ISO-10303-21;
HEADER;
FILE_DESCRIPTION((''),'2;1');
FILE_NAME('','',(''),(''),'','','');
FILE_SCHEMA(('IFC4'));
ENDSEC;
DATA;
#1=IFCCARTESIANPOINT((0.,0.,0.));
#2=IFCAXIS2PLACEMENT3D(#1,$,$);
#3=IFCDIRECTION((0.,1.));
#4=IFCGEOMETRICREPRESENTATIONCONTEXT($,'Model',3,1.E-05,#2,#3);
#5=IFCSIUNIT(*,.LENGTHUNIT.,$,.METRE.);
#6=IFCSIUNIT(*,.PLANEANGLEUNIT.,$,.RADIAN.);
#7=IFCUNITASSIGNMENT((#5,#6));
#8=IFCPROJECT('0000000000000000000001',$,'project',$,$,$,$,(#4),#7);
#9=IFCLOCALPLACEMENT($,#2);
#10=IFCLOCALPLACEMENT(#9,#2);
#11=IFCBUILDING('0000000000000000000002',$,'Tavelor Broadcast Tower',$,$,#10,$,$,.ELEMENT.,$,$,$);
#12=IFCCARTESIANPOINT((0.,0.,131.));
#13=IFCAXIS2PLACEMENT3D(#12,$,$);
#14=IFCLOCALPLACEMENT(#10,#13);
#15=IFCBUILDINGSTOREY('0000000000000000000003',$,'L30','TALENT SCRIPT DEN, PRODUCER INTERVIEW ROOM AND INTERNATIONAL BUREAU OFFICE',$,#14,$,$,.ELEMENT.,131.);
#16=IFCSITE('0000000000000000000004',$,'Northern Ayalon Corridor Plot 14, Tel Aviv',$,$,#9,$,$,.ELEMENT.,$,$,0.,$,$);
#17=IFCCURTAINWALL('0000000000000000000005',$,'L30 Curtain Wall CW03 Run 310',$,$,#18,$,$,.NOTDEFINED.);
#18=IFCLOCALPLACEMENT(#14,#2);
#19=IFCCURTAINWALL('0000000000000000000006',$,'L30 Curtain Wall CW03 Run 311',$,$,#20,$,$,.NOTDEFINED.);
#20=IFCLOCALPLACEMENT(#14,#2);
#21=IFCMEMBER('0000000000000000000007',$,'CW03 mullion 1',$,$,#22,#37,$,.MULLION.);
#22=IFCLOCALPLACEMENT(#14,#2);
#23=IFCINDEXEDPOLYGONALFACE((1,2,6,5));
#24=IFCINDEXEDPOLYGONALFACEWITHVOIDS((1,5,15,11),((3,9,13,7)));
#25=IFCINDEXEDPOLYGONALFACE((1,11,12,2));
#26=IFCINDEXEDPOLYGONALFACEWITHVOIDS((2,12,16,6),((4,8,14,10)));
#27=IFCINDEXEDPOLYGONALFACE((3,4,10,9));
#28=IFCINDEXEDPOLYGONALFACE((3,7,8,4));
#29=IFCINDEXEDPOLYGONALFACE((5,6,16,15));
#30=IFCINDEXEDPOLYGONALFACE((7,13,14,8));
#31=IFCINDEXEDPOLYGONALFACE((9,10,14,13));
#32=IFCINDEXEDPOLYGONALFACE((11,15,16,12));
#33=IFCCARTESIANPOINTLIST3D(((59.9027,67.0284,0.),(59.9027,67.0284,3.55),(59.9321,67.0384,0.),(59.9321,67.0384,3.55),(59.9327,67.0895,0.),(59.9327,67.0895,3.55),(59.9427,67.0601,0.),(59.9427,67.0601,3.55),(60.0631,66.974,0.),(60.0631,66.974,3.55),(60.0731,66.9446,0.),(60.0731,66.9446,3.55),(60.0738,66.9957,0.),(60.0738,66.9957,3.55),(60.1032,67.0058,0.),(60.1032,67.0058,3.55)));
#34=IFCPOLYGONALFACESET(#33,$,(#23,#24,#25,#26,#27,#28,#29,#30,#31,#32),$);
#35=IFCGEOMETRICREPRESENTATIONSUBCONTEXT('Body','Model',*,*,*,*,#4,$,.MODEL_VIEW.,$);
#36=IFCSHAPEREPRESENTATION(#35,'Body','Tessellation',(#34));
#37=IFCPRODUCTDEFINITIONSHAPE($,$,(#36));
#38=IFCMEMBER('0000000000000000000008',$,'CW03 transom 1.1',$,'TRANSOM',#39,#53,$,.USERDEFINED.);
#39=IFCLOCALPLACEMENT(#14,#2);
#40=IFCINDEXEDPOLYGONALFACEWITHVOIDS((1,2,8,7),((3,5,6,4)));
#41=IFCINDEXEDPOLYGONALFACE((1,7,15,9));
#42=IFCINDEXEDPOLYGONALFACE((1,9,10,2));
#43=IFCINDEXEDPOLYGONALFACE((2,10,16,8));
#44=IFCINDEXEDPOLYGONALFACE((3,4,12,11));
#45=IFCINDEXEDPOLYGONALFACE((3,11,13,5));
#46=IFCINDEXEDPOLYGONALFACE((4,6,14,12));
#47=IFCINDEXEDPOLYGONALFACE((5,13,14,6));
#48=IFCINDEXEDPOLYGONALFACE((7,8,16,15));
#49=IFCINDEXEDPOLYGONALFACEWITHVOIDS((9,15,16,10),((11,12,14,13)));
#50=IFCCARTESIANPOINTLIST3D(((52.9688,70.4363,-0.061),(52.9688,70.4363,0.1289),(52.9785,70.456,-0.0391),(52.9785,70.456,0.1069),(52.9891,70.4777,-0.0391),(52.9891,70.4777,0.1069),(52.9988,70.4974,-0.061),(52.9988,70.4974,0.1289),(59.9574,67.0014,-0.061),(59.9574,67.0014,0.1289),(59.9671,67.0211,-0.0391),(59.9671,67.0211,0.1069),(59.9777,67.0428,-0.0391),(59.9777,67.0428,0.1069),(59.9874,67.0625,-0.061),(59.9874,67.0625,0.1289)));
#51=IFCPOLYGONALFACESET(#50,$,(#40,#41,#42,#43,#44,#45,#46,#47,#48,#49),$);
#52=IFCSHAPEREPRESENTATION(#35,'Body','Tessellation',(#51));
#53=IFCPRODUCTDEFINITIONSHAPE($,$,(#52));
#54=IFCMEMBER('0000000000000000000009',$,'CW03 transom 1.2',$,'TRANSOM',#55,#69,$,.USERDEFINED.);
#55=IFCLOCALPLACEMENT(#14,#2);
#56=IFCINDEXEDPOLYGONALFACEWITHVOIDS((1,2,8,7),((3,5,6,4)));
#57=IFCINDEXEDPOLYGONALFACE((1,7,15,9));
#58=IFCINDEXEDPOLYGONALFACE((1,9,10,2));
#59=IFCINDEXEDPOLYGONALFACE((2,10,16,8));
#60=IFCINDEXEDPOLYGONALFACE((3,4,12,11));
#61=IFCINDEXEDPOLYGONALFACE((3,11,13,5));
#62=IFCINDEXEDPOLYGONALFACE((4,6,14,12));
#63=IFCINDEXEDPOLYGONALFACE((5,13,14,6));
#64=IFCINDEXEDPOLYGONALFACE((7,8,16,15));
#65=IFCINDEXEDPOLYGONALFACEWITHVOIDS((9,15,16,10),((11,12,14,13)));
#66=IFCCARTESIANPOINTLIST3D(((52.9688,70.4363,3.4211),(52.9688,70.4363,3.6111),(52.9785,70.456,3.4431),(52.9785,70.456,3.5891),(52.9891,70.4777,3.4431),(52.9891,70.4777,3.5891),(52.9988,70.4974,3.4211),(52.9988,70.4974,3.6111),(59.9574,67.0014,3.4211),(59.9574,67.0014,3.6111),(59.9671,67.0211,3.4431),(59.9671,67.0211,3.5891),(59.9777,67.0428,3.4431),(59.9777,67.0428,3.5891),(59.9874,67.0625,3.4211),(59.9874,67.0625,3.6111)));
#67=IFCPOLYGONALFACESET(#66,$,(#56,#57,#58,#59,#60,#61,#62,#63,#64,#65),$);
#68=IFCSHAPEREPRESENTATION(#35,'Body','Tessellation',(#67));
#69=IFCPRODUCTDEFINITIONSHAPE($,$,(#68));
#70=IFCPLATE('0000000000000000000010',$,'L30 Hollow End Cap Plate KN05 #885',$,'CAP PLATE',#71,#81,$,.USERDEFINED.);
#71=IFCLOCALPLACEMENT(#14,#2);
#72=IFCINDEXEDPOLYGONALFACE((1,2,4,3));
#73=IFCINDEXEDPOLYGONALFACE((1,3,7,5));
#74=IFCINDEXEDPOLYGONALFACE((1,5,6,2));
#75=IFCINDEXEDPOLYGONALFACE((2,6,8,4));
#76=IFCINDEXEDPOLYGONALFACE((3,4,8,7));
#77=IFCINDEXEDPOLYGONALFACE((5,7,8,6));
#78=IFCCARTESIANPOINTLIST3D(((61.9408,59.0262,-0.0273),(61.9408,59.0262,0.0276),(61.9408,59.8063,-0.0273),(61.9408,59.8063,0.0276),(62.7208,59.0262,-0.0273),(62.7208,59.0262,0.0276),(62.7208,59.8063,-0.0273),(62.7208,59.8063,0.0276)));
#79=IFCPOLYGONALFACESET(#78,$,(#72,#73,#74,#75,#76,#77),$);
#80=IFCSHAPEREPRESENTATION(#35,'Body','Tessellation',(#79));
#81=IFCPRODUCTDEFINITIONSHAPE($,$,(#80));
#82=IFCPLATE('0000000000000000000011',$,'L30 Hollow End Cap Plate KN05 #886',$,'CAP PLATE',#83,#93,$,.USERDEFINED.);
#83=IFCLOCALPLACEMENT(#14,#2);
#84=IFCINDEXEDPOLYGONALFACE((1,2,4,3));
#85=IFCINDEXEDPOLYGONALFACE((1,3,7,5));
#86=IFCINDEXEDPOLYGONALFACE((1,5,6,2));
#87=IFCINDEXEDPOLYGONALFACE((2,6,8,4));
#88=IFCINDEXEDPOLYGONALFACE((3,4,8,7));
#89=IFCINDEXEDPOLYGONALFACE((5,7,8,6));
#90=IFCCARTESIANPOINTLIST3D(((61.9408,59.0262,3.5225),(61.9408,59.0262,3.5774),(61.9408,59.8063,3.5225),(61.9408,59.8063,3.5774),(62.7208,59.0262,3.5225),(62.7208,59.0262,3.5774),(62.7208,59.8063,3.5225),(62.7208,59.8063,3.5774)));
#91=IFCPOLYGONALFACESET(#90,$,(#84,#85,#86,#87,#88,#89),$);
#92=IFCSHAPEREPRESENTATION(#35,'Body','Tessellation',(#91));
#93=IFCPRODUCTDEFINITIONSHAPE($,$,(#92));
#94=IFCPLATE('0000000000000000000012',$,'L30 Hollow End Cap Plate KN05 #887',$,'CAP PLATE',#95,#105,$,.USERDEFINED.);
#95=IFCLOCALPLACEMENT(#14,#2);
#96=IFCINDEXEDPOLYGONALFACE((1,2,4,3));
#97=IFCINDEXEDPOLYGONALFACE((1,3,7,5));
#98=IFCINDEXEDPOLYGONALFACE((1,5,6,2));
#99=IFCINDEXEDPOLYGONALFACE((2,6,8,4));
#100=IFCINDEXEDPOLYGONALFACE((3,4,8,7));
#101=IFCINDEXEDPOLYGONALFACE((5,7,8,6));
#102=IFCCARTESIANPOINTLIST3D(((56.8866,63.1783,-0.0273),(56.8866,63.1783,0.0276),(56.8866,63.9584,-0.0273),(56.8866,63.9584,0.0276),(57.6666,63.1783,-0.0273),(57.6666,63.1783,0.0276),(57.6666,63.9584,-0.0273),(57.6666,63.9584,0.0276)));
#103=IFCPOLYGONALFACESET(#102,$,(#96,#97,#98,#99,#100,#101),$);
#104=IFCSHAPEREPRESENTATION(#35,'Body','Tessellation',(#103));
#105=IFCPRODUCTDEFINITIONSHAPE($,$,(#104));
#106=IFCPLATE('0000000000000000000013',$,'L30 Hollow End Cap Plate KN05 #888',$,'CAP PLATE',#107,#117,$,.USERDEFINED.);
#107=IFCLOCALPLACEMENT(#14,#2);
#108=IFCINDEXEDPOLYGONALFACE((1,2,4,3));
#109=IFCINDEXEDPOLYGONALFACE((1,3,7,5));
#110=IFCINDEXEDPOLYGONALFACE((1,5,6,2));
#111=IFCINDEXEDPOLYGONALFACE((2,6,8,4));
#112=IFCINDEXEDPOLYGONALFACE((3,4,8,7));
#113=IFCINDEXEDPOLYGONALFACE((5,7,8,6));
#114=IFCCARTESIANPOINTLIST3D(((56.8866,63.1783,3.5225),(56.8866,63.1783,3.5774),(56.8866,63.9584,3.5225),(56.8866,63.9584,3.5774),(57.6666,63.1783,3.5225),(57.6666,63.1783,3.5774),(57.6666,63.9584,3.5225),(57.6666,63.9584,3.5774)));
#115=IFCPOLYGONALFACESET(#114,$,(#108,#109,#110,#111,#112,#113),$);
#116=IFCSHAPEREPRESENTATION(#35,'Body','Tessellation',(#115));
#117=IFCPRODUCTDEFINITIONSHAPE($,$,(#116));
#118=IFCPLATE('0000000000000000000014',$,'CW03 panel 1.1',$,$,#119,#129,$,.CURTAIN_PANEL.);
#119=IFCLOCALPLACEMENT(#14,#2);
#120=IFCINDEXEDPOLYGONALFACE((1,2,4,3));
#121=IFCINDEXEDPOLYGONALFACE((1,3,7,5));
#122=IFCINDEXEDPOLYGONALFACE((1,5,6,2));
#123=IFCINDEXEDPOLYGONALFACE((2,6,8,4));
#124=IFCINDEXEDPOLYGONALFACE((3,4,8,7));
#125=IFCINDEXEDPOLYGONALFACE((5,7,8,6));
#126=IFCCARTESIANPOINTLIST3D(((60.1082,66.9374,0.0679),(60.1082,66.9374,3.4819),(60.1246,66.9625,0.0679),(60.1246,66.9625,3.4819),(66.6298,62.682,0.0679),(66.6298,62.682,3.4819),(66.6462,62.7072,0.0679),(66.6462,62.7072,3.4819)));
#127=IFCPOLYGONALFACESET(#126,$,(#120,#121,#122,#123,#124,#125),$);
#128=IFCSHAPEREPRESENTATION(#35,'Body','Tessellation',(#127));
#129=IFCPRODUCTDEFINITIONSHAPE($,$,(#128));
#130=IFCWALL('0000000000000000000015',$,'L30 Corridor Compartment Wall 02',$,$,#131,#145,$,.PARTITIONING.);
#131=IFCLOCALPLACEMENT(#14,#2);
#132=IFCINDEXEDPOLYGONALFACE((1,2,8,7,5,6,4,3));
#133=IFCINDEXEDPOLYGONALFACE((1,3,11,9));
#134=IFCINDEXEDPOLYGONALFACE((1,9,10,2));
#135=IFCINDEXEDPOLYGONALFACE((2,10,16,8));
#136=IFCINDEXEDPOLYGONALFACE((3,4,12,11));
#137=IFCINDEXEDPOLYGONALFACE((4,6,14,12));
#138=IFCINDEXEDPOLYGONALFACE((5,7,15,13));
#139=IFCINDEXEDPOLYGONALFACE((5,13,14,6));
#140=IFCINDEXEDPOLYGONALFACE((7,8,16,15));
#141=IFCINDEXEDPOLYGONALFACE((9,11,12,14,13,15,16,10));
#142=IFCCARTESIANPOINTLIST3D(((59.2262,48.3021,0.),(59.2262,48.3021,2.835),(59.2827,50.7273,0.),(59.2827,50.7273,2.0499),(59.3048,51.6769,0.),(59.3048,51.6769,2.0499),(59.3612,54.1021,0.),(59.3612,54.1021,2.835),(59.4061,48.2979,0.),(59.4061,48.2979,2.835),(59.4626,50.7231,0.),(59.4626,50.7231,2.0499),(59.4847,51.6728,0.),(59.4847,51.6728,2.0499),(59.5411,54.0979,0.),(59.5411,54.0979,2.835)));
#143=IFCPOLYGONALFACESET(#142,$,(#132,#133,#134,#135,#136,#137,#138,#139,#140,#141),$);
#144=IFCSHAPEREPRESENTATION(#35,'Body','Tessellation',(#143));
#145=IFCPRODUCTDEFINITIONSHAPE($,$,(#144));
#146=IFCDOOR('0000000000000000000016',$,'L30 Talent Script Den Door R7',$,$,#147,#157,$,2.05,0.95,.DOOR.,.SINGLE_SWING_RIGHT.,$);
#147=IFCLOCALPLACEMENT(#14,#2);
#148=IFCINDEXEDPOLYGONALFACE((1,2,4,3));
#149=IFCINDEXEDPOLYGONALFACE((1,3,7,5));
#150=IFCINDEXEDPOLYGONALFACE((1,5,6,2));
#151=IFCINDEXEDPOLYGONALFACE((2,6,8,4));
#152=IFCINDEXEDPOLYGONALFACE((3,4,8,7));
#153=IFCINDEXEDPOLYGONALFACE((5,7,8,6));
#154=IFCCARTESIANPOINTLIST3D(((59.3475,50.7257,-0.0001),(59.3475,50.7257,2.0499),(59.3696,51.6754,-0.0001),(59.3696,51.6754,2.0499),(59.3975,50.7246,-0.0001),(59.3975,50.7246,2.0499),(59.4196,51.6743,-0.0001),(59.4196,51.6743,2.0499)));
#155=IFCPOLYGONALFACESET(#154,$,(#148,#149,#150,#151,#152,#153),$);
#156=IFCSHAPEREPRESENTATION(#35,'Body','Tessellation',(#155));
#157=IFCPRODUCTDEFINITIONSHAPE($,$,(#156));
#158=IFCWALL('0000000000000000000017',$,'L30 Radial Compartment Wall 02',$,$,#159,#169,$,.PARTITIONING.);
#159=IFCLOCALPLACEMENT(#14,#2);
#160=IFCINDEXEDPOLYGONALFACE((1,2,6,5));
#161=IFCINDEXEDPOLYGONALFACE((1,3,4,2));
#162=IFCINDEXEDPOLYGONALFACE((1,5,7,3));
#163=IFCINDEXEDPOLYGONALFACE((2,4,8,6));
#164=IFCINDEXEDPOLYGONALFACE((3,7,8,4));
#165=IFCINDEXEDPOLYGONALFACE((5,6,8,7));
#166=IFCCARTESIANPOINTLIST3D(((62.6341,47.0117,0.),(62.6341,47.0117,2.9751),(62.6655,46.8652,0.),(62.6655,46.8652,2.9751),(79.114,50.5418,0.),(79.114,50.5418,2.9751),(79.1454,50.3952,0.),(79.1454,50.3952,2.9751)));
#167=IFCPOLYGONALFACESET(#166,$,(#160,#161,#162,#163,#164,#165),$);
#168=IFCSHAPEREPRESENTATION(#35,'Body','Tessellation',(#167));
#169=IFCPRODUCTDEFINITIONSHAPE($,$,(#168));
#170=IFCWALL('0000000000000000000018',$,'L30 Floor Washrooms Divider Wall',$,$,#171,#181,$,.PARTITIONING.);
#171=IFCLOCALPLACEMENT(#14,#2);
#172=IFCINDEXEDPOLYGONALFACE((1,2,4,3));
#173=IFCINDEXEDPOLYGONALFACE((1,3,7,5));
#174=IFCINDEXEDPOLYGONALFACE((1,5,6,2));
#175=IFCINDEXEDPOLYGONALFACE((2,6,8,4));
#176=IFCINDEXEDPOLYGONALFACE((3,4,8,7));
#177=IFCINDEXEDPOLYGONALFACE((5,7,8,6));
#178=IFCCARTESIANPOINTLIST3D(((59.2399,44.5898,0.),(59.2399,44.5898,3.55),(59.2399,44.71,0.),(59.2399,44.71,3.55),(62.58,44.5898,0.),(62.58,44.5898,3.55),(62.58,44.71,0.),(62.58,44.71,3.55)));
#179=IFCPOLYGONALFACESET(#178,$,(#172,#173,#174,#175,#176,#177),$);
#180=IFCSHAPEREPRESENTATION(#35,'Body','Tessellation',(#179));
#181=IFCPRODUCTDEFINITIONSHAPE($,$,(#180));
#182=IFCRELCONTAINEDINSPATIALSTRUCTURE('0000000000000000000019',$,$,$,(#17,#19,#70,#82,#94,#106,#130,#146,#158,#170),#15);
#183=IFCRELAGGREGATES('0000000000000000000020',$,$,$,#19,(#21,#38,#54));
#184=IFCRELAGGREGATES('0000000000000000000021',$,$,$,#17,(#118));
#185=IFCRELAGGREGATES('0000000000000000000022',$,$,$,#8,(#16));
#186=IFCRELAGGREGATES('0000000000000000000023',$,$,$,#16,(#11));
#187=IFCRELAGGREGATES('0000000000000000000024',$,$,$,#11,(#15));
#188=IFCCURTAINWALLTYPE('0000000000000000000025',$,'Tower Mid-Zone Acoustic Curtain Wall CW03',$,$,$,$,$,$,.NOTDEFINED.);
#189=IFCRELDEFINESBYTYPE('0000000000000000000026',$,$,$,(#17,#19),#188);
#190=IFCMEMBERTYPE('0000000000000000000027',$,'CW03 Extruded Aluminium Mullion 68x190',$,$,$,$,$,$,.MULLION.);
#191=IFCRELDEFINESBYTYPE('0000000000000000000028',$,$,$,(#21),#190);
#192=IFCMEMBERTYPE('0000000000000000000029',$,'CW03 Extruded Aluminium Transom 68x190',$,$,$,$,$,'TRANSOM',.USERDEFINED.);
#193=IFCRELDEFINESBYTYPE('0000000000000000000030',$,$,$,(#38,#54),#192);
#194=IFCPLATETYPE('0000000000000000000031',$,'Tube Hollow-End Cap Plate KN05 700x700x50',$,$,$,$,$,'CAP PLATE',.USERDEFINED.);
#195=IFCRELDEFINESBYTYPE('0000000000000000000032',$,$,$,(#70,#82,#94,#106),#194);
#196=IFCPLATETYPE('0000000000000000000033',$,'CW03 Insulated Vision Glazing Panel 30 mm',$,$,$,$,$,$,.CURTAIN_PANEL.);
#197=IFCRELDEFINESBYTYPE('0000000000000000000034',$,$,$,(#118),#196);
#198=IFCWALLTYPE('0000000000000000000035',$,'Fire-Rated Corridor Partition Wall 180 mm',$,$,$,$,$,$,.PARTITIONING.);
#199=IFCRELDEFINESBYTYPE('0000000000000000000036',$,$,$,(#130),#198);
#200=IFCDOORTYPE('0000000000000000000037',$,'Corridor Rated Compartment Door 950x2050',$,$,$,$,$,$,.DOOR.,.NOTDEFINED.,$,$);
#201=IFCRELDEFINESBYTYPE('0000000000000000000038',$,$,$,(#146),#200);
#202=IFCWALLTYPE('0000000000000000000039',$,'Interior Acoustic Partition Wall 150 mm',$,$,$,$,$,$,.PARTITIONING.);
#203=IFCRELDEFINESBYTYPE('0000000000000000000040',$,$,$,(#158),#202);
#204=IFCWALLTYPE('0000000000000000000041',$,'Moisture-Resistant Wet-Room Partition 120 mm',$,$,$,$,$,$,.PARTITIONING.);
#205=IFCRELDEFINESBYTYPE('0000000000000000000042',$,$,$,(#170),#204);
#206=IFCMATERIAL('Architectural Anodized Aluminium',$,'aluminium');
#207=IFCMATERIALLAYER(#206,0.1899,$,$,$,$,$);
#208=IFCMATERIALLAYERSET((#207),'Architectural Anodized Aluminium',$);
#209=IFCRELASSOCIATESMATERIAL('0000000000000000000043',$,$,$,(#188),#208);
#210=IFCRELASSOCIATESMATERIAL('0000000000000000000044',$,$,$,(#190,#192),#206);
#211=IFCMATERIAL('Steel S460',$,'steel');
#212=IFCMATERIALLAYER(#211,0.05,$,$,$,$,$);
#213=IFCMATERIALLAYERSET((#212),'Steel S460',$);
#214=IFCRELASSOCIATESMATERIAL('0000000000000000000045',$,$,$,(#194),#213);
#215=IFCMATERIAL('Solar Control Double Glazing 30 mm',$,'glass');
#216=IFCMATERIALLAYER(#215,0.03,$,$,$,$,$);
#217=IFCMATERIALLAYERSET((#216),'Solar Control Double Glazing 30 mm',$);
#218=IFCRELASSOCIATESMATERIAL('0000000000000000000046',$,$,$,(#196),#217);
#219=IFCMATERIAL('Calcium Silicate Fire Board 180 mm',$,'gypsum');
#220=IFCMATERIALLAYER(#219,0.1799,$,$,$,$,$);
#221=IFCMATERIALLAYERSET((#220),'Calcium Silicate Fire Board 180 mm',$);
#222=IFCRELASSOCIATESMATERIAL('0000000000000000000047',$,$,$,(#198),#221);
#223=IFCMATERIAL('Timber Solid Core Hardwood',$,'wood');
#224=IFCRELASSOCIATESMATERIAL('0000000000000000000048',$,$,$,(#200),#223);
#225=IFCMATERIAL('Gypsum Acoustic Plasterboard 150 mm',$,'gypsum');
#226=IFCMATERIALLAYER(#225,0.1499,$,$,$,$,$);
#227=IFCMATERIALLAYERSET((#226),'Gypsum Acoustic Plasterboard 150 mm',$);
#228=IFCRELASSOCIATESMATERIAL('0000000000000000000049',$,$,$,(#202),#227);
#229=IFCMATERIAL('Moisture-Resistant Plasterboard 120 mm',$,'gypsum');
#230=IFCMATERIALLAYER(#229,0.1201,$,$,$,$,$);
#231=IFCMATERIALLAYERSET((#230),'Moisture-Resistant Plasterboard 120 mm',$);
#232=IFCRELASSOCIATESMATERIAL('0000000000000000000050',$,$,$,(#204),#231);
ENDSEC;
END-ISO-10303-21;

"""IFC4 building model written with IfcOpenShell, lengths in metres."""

from ifc_helpers import new_model, si_unit, direction, frame, frame_2d, origin, origin_2d, place, context, subcontext, project, spatial, rectangle, hollow_rectangle, extrude, source, transform, mapped, material, layer, layer_set, material_profile, profile_set, type_object, type_shapes, element, fill, aggregate, save


model = new_model("IFC4")

# Units and contexts
model_context = context("Model", 3, precision=1e-05, world=origin(), true_north=direction((0.0, 1.0)))
body_context = subcontext(model_context, "Body", "Model", "MODEL_VIEW")
ifc_project = project(units=[si_unit("LENGTHUNIT", "METRE"), si_unit("PLANEANGLEUNIT", "RADIAN")], contexts=[model_context])

# Site, building, storey
site_placement = place(None, origin())
site = spatial("IfcSite", under=ifc_project, at=site_placement, Name="Northern Ayalon Corridor Plot 14, Tel Aviv", CompositionType="ELEMENT", RefElevation=0.0)
building_placement = place(site_placement, origin())
building = spatial("IfcBuilding", under=site, at=building_placement, Name="Tavelor Broadcast Tower", CompositionType="ELEMENT")
storey_placement = place(building_placement, frame((0.0, 0.0, 131.0)))
storey = spatial("IfcBuildingStorey", under=building, at=storey_placement, Name="L30", Description="TALENT SCRIPT DEN, PRODUCER INTERVIEW ROOM AND INTERNATIONAL BUREAU OFFICE", CompositionType="ELEMENT", Elevation=131.0)

# Shared definitions
ifc_material_1 = material(Name="Steel S460", Category="steel")

# Curtain wall
ifc_material_2 = material(Name="Architectural Anodized Aluminium", Category="aluminium")
ifc_layer_1 = layer(ifc_material_2, 0.1899)
ifc_layer_set_1 = layer_set([ifc_layer_1], Name="Architectural Anodized Aluminium")
curtain_wall_type = type_object("IfcCurtainWallType", Name="Tower Mid-Zone Acoustic Curtain Wall CW03", PredefinedType="NOTDEFINED", material=ifc_layer_set_1)
curtain_wall_1_placement = place(storey_placement, origin())
curtain_wall_1 = element("IfcCurtainWall", 1, at=curtain_wall_1_placement, inside=storey, type_object=curtain_wall_type, Name="L30 Curtain Wall CW03 Run 310", PredefinedType="NOTDEFINED")
ifc_material_profile_1 = material_profile(ifc_material_2, hollow_rectangle(XDim=0.0681, YDim=0.1899, WallThickness=0.022, at=origin_2d()), Name="RHS 68x190x22")
ifc_profile_set_1 = profile_set([ifc_material_profile_1], Name="Architectural Anodized Aluminium")
member_type_1 = type_object("IfcMemberType", Name="CW03 Extruded Aluminium Mullion 68x190", PredefinedType="MULLION", material=ifc_profile_set_1)
shared_shape_1 = source(origin(), body_context, "Body", "SweptSolid", [
    extrude(hollow_rectangle(XDim=0.0681, YDim=0.1899, WallThickness=0.022, at=origin_2d()), origin(), (0.0, 0.0, 1.0), 3.55),
])
type_shapes(member_type_1, [shared_shape_1])

# Curtain wall, members
curtain_wall_2_placement = place(storey_placement, origin())
curtain_wall_2 = element("IfcCurtainWall", 2, at=curtain_wall_2_placement, inside=storey, type_object=curtain_wall_type, Name="L30 Curtain Wall CW03 Run 311", PredefinedType="NOTDEFINED")
member_1_placement = place(storey_placement, frame((60.0029, 67.0171, 0.0), z_axis=(0.0, 0.0, 1.0), x_axis=(-0.4411, -0.897458, 0.0)))
member_1 = element("IfcMember", 3, at=member_1_placement, type_object=member_type_1, Name="CW03 mullion 1", PredefinedType="MULLION", context=body_context, shape_type="MappedRepresentation", body=[
    mapped(shared_shape_1, transform((0.0, 0.0, 0.0), scale=1.0)),
])
ifc_material_profile_2 = material_profile(ifc_material_2, hollow_rectangle(XDim=0.0681, YDim=0.1899, WallThickness=0.022, at=origin_2d()), Name="RHS 68x190x22")
ifc_profile_set_2 = profile_set([ifc_material_profile_2], Name="Architectural Anodized Aluminium")
member_type_2 = type_object("IfcMemberType", Name="CW03 Extruded Aluminium Transom 68x190", ElementType="TRANSOM", PredefinedType="USERDEFINED", material=ifc_profile_set_2)
shared_shape_2 = source(origin(), body_context, "Body", "SweptSolid", [
    extrude(hollow_rectangle(XDim=0.0681, YDim=0.1899, WallThickness=0.022, at=origin_2d()), origin(), (0.0, 0.0, 1.0), 7.7871),
])
type_shapes(member_type_2, [shared_shape_2])
member_2_placement = place(storey_placement, frame((59.9724, 67.032, 0.0339), z_axis=(-0.89746, 0.441096, 0.0), x_axis=(-0.441096, -0.89746, 0.0)))
member_2 = element("IfcMember", 4, at=member_2_placement, type_object=member_type_2, Name="CW03 transom 1.1", ObjectType="TRANSOM", PredefinedType="USERDEFINED", context=body_context, shape_type="MappedRepresentation", body=[
    mapped(shared_shape_2, transform((0.0, 0.0, 0.0), scale=1.0)),
])
member_3_placement = place(storey_placement, frame((59.9724, 67.032, 3.5161), z_axis=(-0.89746, 0.441096, 0.0), x_axis=(-0.441096, -0.89746, 0.0)))
member_3 = element("IfcMember", 5, at=member_3_placement, type_object=member_type_2, Name="CW03 transom 1.2", ObjectType="TRANSOM", PredefinedType="USERDEFINED", context=body_context, shape_type="MappedRepresentation", body=[
    mapped(shared_shape_2, transform((0.0, 0.0, 0.0), scale=1.0)),
])
aggregate(curtain_wall_2, [member_1, member_2, member_3])

# Plates
ifc_layer_2 = layer(ifc_material_1, 0.05)
ifc_layer_set_2 = layer_set([ifc_layer_2], Name="Steel S460")
plate_type_1 = type_object("IfcPlateType", Name="Tube Hollow-End Cap Plate KN05 700x700x50", ElementType="CAP PLATE", PredefinedType="USERDEFINED", material=ifc_layer_set_2)
shared_shape_3 = source(origin(), body_context, "Body", "SweptSolid", [
    extrude(rectangle(XDim=0.78, YDim=0.78, at=origin_2d()), origin(), (0.0, 0.0, 1.0), 0.0549),
])
type_shapes(plate_type_1, [shared_shape_3])
for number, where, z_axis, x_axis, name in (
    (6, (62.3308, 59.4163, -0.0273), (0.0, 0.0, 1.0), (1.0, 0.0, 0.0), "L30 Hollow End Cap Plate KN05 #885"),
    (7, (62.3308, 59.4163, 3.5225), (0.0, 0.0, 1.0), (1.0, 0.0, 0.0), "L30 Hollow End Cap Plate KN05 #886"),
    (8, (57.2766, 63.5684, -0.0273), (0.0, 0.0, 1.0), (1.0, 0.0, 0.0), "L30 Hollow End Cap Plate KN05 #887"),
    (9, (57.2766, 63.5684, 3.5225), (0.0, 0.0, 1.0), (1.0, 0.0, 0.0), "L30 Hollow End Cap Plate KN05 #888"),
):
    element("IfcPlate", number, at=place(storey_placement, frame(where, z_axis=z_axis, x_axis=x_axis)), inside=storey, type_object=plate_type_1, Name=name, ObjectType="CAP PLATE", PredefinedType="USERDEFINED", context=body_context, shape_type="MappedRepresentation", body=[
        mapped(shared_shape_3, transform((0.0, 0.0, 0.0), scale=1.0)),
    ])

# Plate
ifc_material_3 = material(Name="Solar Control Double Glazing 30 mm", Category="glass")
ifc_layer_3 = layer(ifc_material_3, 0.03)
ifc_layer_set_3 = layer_set([ifc_layer_3], Name="Solar Control Double Glazing 30 mm")
plate_type_2 = type_object("IfcPlateType", Name="CW03 Insulated Vision Glazing Panel 30 mm", PredefinedType="CURTAIN_PANEL", material=ifc_layer_set_3)
shared_shape_4 = source(origin(), body_context, "Body", "SweptSolid", [
    extrude(rectangle(XDim=7.7871, YDim=0.03, at=origin_2d()), origin(), (0.0, 0.0, 1.0), 3.4141),
])
type_shapes(plate_type_2, [shared_shape_4])
plate_placement = place(storey_placement, frame((63.3772, 64.8223, 0.0679), z_axis=(0.0, 0.0, 1.0), x_axis=(-0.837484, 0.546463, 0.0)))
plate = element("IfcPlate", 10, at=plate_placement, type_object=plate_type_2, Name="CW03 panel 1.1", PredefinedType="CURTAIN_PANEL", context=body_context, shape_type="MappedRepresentation", body=[
    mapped(shared_shape_4, transform((0.0, 0.0, 0.0), scale=1.0)),
])
aggregate(curtain_wall_1, [plate])

# Wall, opening, door
ifc_material_4 = material(Name="Calcium Silicate Fire Board 180 mm", Category="gypsum")
ifc_layer_4 = layer(ifc_material_4, 0.1799)
ifc_layer_set_4 = layer_set([ifc_layer_4], Name="Calcium Silicate Fire Board 180 mm")
wall_type_1 = type_object("IfcWallType", Name="Fire-Rated Corridor Partition Wall 180 mm", PredefinedType="PARTITIONING", material=ifc_layer_set_4)
wall_1_placement = place(storey_placement, frame((59.4512, 54.1001, 0.0), z_axis=(0.0, 0.0, 1.0), x_axis=(-0.023271, -0.999729, 0.0)))
wall_1 = element("IfcWall", 11, at=wall_1_placement, inside=storey, type_object=wall_type_1, Name="L30 Corridor Compartment Wall 02", PredefinedType="PARTITIONING", context=body_context, shape_type="SweptSolid", body=[
    extrude(rectangle(XDim=5.8015, YDim=0.1799, at=frame_2d((2.9009, 0.0))), origin(), (0.0, 0.0, 1.0), 2.835),
])
opening_placement = place(wall_1_placement, frame((2.4258, 0.0, 0.0)))
opening = element("IfcOpeningElement", 12, at=opening_placement, cuts=wall_1, PredefinedType="OPENING", context=body_context, shape_type="SweptSolid", body=[
    extrude(rectangle(XDim=0.95, YDim=2.05, at=frame_2d((0.4751, 1.0249))), frame((0.0, 0.1001, 0.0), z_axis=(0.0, -1.0, 0.0), x_axis=(1.0, 0.0, 0.0)), (0.0, 0.0, 1.0), 0.2),
])
ifc_material_5 = material(Name="Timber Solid Core Hardwood", Category="wood")
door_type = type_object("IfcDoorType", Name="Corridor Rated Compartment Door 950x2050", OperationType="NOTDEFINED", PredefinedType="DOOR", material=ifc_material_5)
door_placement = place(opening_placement, origin())
door = element("IfcDoor", 13, at=door_placement, inside=storey, type_object=door_type, Name="L30 Talent Script Den Door R7", OperationType="SINGLE_SWING_RIGHT", OverallHeight=2.05, OverallWidth=0.95, PredefinedType="DOOR", context=body_context, shape_type="SweptSolid", body=[
    extrude(rectangle(XDim=0.95, YDim=2.05, at=frame_2d((0.4751, 1.0249))), frame((0.0, 0.0249, 0.0), z_axis=(0.0, -1.0, 0.0), x_axis=(1.0, 0.0, 0.0)), (0.0, 0.0, 1.0), 0.05),
])
fill(opening, door)

# Walls
ifc_material_6 = material(Name="Gypsum Acoustic Plasterboard 150 mm", Category="gypsum")
ifc_layer_5 = layer(ifc_material_6, 0.1499)
ifc_layer_set_5 = layer_set([ifc_layer_5], Name="Gypsum Acoustic Plasterboard 150 mm")
wall_type_2 = type_object("IfcWallType", Name="Interior Acoustic Partition Wall 150 mm", PredefinedType="PARTITIONING", material=ifc_layer_set_5)
wall_2_placement = place(storey_placement, frame((62.6499, 46.9385, 0.0), z_axis=(0.0, 0.0, 1.0), x_axis=(0.977819, 0.20945, 0.0)))
element("IfcWall", 14, at=wall_2_placement, inside=storey, type_object=wall_type_2, Name="L30 Radial Compartment Wall 02", PredefinedType="PARTITIONING", context=body_context, shape_type="SweptSolid", body=[
    extrude(rectangle(XDim=16.8538, YDim=0.1499, at=frame_2d((8.4268, 0.0))), origin(), (0.0, 0.0, 1.0), 2.9751),
])
ifc_material_7 = material(Name="Moisture-Resistant Plasterboard 120 mm", Category="gypsum")
ifc_layer_6 = layer(ifc_material_7, 0.1201)
ifc_layer_set_6 = layer_set([ifc_layer_6], Name="Moisture-Resistant Plasterboard 120 mm")
wall_type_3 = type_object("IfcWallType", Name="Moisture-Resistant Wet-Room Partition 120 mm", PredefinedType="PARTITIONING", material=ifc_layer_set_6)
for number, where, z_axis, x_axis, name in (
    (15, (59.24, 44.6499, 0.0), (0.0, 0.0, 1.0), (1.0, 0.0, 0.0), "L30 Floor Washrooms Divider Wall"),
):
    element("IfcWall", number, at=place(storey_placement, frame(where, z_axis=z_axis, x_axis=x_axis)), inside=storey, type_object=wall_type_3, Name=name, PredefinedType="PARTITIONING", context=body_context, shape_type="SweptSolid", body=[
        extrude(rectangle(XDim=3.3401, YDim=0.1201, at=frame_2d((1.6699, 0.0))), origin(), (0.0, 0.0, 1.0), 3.55),
    ])

save(model, "model.ifc")
